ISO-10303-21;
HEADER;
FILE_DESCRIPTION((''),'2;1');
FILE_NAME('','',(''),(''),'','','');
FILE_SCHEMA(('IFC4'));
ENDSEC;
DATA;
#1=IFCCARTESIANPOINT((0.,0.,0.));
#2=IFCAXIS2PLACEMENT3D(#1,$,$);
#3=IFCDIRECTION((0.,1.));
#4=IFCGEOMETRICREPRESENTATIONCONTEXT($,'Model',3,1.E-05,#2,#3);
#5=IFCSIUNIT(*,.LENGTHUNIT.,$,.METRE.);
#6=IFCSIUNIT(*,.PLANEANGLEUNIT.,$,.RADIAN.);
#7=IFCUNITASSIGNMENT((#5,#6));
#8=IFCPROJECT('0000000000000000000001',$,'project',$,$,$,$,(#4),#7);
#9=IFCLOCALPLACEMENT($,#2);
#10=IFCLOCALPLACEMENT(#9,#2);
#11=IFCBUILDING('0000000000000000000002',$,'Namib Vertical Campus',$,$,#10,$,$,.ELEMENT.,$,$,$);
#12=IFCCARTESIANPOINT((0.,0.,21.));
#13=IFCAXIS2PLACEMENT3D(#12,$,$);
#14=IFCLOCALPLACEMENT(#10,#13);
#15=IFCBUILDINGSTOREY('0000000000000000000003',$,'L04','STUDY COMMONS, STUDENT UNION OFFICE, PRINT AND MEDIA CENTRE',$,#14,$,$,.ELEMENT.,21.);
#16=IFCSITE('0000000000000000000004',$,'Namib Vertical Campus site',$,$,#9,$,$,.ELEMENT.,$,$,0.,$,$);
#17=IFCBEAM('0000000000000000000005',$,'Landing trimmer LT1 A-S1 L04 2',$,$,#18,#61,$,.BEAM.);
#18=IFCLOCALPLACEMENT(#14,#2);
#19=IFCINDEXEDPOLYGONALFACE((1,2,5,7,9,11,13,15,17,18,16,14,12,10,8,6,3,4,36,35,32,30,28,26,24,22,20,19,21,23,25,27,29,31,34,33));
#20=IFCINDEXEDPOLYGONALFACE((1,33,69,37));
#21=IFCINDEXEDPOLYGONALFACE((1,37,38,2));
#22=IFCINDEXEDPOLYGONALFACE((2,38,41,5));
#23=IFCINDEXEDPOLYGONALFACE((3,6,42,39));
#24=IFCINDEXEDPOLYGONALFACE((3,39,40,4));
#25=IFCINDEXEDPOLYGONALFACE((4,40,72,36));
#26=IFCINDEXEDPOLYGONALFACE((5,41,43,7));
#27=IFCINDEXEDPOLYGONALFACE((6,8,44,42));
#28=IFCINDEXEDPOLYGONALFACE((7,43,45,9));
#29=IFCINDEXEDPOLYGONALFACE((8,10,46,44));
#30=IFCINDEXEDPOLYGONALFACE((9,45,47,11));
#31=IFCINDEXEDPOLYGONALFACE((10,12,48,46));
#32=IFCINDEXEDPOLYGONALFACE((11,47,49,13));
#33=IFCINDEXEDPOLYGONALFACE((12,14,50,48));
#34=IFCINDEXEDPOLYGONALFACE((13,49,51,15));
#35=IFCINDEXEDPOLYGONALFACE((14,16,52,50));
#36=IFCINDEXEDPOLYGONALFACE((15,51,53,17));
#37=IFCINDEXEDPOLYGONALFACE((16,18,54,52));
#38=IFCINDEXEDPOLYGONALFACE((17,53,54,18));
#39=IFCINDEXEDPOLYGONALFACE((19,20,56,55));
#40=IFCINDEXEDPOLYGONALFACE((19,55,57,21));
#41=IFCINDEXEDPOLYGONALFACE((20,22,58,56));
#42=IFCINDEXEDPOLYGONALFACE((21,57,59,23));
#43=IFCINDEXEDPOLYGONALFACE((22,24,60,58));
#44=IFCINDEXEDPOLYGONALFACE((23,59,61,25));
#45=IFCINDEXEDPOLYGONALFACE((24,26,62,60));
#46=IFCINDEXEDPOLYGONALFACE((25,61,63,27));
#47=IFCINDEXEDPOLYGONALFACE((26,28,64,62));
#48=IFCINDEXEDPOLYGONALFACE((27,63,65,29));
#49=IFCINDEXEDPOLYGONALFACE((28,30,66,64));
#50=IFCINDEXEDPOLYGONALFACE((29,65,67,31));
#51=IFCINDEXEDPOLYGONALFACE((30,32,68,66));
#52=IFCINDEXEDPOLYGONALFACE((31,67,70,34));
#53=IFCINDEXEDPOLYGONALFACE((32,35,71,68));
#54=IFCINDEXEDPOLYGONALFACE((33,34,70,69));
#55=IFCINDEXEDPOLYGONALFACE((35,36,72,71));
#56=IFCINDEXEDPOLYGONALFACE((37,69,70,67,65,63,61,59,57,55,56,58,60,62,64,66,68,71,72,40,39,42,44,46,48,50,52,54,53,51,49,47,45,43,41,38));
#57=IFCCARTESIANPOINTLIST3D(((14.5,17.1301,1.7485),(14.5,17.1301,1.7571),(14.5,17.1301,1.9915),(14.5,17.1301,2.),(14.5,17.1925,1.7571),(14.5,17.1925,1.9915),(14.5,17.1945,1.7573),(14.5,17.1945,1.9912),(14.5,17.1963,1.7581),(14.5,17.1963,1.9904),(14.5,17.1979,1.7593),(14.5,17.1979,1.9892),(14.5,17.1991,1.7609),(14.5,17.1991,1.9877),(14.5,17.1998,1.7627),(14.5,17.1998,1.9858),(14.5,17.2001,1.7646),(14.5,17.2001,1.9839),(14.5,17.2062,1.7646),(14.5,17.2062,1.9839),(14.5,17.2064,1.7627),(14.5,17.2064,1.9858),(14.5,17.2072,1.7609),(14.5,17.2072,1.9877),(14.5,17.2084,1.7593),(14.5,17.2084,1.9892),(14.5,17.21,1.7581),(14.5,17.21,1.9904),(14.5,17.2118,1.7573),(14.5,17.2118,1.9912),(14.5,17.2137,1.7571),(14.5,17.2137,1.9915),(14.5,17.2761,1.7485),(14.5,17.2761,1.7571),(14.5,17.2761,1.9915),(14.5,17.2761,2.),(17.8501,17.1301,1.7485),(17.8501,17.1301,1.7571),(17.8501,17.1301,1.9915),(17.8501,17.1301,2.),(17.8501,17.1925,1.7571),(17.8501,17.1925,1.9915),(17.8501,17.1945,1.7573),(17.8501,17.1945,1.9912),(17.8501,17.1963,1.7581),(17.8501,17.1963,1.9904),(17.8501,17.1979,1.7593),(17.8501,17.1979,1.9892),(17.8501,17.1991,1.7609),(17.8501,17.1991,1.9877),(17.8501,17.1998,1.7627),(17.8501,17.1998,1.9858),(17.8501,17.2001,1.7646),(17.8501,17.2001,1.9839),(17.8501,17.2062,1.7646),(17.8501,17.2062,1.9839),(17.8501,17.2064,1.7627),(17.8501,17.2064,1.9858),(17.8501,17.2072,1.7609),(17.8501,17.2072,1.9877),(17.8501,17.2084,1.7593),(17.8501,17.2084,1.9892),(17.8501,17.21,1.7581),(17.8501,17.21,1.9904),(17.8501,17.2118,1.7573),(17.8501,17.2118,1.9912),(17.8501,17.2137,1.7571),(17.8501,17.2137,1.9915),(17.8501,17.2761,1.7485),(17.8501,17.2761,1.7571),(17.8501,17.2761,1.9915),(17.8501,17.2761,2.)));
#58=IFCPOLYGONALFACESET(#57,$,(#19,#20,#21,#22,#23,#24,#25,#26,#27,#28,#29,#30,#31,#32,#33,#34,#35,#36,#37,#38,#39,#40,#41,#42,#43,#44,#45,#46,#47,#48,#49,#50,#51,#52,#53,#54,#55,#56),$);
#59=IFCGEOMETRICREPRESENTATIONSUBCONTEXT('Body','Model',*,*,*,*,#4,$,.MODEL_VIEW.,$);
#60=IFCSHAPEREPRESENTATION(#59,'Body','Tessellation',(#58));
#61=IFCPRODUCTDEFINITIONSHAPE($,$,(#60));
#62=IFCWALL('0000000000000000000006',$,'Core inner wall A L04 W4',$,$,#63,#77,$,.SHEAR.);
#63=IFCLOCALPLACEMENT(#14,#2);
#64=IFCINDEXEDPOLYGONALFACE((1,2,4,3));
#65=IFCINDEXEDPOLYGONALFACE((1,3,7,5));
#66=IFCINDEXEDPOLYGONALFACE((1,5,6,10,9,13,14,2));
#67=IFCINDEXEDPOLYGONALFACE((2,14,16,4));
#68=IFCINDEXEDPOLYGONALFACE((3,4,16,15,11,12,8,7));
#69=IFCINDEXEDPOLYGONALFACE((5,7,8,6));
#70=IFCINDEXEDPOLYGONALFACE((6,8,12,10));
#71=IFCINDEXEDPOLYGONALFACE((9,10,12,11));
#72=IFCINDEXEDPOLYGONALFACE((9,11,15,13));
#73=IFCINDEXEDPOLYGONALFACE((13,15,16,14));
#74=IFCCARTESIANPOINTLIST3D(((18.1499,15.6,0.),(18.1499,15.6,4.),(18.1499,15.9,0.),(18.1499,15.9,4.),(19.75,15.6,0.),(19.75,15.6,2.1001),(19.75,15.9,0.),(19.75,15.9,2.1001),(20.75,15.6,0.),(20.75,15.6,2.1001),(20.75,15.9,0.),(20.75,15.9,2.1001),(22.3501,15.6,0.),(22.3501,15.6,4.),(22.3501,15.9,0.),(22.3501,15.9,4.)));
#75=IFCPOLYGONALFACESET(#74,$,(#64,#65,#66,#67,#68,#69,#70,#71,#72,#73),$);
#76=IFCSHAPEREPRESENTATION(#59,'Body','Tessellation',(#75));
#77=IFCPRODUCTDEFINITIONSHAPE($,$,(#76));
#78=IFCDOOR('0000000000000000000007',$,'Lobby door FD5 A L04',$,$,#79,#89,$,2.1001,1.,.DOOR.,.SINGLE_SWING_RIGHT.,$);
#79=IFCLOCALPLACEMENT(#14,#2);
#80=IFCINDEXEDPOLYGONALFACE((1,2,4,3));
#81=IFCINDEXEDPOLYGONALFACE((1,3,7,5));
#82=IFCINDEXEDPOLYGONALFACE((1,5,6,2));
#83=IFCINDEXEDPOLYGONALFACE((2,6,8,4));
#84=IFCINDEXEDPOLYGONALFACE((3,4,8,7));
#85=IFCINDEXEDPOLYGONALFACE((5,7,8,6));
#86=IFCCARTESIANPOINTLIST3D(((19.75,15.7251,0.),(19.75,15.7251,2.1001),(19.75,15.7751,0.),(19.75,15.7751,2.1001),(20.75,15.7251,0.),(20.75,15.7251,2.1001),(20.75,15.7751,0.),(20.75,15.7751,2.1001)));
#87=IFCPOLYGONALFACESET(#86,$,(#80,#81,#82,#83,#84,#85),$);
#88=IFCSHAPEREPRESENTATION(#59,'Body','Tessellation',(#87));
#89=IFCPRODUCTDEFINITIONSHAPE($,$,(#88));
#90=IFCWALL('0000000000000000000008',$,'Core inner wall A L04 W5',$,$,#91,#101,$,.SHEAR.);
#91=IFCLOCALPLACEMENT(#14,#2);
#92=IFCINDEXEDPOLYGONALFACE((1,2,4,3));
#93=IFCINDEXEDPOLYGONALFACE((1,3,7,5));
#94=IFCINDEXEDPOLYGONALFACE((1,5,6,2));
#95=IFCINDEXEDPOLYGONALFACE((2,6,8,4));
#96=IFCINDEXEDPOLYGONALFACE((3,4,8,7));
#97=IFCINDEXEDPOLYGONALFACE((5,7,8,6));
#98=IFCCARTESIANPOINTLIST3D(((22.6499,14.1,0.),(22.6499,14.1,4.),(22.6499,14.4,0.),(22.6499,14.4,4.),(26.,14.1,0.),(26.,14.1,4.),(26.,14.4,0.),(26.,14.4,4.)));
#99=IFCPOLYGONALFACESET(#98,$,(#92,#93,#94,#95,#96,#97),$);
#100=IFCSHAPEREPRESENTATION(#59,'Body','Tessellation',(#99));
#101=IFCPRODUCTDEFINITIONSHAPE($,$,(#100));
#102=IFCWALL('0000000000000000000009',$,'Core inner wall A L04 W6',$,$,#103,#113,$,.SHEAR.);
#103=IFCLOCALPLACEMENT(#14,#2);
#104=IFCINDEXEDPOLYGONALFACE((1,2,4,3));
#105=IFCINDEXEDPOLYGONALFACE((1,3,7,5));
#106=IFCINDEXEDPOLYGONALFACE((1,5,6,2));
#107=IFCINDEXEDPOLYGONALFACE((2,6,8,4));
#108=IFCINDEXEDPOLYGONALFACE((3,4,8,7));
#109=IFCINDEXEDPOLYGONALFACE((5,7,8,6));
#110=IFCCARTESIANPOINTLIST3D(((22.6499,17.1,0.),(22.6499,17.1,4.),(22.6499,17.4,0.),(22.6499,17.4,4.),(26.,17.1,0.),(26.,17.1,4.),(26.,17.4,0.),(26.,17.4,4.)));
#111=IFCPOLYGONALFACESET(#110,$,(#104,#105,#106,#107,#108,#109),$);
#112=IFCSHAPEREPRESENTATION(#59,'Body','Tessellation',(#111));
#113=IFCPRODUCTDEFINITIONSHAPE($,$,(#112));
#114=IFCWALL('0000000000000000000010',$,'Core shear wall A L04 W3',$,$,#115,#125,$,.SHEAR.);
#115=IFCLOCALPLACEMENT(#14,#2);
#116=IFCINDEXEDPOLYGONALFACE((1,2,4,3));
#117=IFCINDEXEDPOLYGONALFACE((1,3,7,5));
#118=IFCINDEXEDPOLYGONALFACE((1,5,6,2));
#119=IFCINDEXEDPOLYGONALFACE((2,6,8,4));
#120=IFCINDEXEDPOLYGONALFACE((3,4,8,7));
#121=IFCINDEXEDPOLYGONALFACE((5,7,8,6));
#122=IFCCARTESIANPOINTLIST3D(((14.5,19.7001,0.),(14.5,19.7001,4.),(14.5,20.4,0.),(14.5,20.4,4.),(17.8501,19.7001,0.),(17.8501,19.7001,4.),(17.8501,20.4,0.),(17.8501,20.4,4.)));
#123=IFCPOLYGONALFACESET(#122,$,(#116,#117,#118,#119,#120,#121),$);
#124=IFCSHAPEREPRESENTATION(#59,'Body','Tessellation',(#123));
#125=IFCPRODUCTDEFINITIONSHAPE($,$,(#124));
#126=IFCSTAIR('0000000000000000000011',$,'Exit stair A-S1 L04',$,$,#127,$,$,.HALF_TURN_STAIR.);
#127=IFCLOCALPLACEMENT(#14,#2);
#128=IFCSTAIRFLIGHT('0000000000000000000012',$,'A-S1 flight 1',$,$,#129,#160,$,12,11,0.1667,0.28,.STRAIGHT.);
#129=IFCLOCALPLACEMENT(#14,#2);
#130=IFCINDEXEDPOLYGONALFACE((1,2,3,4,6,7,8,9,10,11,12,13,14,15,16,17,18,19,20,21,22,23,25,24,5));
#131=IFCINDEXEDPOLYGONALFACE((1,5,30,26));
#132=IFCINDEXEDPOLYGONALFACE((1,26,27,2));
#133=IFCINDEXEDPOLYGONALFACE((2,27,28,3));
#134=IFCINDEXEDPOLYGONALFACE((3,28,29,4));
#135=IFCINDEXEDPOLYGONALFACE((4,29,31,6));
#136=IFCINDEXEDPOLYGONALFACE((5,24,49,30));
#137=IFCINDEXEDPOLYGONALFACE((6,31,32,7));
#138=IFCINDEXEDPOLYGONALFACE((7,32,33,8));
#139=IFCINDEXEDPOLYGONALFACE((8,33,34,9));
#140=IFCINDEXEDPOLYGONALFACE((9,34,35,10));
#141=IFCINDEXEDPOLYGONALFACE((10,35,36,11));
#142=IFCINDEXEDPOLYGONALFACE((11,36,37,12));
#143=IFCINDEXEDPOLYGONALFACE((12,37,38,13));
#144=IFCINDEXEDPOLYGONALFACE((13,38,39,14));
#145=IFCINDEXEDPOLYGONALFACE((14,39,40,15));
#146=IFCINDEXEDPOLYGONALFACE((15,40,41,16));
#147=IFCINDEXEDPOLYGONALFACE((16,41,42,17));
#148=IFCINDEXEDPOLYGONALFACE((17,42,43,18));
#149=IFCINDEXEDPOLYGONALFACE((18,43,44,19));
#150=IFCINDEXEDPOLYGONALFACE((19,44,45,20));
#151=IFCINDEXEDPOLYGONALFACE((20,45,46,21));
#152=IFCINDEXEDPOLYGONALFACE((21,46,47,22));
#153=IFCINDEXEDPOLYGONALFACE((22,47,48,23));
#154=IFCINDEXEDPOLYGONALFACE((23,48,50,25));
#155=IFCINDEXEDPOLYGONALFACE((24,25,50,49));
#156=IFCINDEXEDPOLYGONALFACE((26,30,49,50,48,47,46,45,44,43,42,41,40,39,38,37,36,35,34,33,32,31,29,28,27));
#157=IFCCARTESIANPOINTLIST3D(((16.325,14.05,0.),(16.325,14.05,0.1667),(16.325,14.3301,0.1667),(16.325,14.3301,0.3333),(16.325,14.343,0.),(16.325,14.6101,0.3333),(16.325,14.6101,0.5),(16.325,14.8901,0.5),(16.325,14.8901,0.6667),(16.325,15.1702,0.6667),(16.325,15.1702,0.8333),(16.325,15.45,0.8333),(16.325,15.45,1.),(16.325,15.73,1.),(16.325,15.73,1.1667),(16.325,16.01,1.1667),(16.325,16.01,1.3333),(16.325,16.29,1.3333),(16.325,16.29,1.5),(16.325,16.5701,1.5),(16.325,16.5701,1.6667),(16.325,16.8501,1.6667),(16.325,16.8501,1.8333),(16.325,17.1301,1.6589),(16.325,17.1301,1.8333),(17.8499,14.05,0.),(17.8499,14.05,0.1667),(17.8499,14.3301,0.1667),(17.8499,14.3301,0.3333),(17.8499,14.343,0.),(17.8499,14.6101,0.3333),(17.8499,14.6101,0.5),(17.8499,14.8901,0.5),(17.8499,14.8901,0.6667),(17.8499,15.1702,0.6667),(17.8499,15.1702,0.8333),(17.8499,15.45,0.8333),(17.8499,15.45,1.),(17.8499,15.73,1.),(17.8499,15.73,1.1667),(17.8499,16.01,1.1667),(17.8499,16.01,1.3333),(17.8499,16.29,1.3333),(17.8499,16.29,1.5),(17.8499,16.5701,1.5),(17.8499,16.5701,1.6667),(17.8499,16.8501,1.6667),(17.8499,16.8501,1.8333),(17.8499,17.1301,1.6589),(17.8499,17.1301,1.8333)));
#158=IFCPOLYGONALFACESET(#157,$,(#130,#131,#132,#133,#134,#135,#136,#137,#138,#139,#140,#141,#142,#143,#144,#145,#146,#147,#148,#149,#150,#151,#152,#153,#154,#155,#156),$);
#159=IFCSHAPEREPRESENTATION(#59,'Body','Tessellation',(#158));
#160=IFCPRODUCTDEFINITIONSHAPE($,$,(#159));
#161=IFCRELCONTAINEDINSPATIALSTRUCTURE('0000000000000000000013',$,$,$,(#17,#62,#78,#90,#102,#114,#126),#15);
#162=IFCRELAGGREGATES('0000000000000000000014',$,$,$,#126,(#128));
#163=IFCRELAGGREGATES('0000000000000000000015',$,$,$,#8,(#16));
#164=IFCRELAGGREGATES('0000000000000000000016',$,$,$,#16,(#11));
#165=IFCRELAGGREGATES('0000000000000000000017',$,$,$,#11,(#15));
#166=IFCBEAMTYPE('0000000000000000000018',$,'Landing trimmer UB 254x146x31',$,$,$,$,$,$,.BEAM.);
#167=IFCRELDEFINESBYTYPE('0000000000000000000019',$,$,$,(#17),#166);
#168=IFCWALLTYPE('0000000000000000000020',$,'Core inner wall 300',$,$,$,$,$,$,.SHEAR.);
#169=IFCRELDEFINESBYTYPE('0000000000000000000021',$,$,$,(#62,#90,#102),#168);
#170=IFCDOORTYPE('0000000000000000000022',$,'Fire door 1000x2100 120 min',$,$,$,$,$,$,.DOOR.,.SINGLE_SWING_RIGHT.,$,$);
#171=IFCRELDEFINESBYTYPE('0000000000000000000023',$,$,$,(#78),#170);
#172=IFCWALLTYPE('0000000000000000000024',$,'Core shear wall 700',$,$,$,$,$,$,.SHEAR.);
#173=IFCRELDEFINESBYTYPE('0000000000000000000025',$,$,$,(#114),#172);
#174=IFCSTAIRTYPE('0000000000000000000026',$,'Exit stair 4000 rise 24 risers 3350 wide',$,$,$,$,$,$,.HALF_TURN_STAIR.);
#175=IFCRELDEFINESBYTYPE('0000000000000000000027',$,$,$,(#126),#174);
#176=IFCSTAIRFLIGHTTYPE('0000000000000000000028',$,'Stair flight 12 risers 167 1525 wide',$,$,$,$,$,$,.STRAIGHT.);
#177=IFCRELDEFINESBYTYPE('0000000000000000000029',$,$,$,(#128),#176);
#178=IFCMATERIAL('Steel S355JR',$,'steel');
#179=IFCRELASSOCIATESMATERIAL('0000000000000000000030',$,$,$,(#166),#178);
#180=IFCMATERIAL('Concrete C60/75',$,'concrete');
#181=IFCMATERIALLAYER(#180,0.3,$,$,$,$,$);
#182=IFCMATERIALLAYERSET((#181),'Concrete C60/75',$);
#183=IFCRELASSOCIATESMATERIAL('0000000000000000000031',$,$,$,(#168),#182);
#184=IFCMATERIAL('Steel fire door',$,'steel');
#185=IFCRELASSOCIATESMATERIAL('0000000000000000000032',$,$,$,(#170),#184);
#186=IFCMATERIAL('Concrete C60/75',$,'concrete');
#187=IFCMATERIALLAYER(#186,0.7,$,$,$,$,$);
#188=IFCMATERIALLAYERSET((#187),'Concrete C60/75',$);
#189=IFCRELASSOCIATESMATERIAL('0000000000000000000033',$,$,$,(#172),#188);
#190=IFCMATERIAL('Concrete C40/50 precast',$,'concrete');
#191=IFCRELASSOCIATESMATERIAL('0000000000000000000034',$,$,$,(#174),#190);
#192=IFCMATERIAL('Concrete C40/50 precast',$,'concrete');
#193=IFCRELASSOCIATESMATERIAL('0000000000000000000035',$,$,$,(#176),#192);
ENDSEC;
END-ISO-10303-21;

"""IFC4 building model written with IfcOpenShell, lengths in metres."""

from ifc_helpers import new_model, si_unit, direction, frame, frame_2d, origin, origin_2d, place, context, subcontext, project, spatial, polyline, rectangle, i_section, outline, extrude, material, layer, layer_set, material_profile, profile_set, type_object, element, fill, aggregate, save


model = new_model("IFC4")

# Units and contexts
model_context = context("Model", 3, precision=1e-05, world=origin(), true_north=direction((0.0, 1.0)))
body_context = subcontext(model_context, "Body", "Model", "MODEL_VIEW")
ifc_project = project(units=[si_unit("LENGTHUNIT", "METRE"), si_unit("PLANEANGLEUNIT", "RADIAN")], contexts=[model_context])

# Site, building, storey
site_placement = place(None, origin())
site = spatial("IfcSite", under=ifc_project, at=site_placement, Name="Namib Vertical Campus site", CompositionType="ELEMENT", RefElevation=0.0)
building_placement = place(site_placement, origin())
building = spatial("IfcBuilding", under=site, at=building_placement, Name="Namib Vertical Campus", CompositionType="ELEMENT")
storey_placement = place(building_placement, frame((0.0, 0.0, 21.0)))
storey = spatial("IfcBuildingStorey", under=building, at=storey_placement, Name="L04", Description="STUDY COMMONS, STUDENT UNION OFFICE, PRINT AND MEDIA CENTRE", CompositionType="ELEMENT", Elevation=21.0)

# Beam
ifc_material_1 = material(Name="Steel S355JR", Category="steel")
ifc_material_profile = material_profile(ifc_material_1, i_section(OverallWidth=0.146, OverallDepth=0.2515, WebThickness=0.0061, FlangeThickness=0.0085, FilletRadius=0.0076, at=origin_2d()))
ifc_profile_set = profile_set([ifc_material_profile], Name="Steel S355JR")
beam_type = type_object("IfcBeamType", Name="Landing trimmer UB 254x146x31", PredefinedType="BEAM", material=ifc_profile_set)
beam_placement = place(storey_placement, frame((14.5, 17.2031, 1.8743), z_axis=(1.0, 0.0, 0.0), x_axis=(0.0, 1.0, 0.0)))
element("IfcBeam", 1, at=beam_placement, inside=storey, type_object=beam_type, Name="Landing trimmer LT1 A-S1 L04 2", PredefinedType="BEAM", context=body_context, shape_type="SweptSolid", body=[
    extrude(i_section(OverallWidth=0.146, OverallDepth=0.2515, WebThickness=0.0061, FlangeThickness=0.0085, FilletRadius=0.0076, at=origin_2d()), origin(), (0.0, 0.0, 1.0), 3.3501),
])

# Wall, opening, door
ifc_material_2 = material(Name="Concrete C60/75", Category="concrete")
ifc_layer_1 = layer(ifc_material_2, 0.3)
ifc_layer_set_1 = layer_set([ifc_layer_1], Name="Concrete C60/75")
wall_type_1 = type_object("IfcWallType", Name="Core inner wall 300", PredefinedType="SHEAR", material=ifc_layer_set_1)
wall_1_placement = place(storey_placement, frame((18.1499, 15.75, 0.0), z_axis=(0.0, 0.0, 1.0), x_axis=(1.0, 0.0, 0.0)))
wall_1 = element("IfcWall", 2, at=wall_1_placement, inside=storey, type_object=wall_type_1, Name="Core inner wall A L04 W4", PredefinedType="SHEAR", context=body_context, shape_type="SweptSolid", body=[
    extrude(rectangle(XDim=4.2002, YDim=0.3, at=frame_2d((2.1001, 0.0))), origin(), (0.0, 0.0, 1.0), 4.0),
])
opening_placement = place(wall_1_placement, frame((1.6001, 0.0, 0.0)))
opening = element("IfcOpeningElement", 3, at=opening_placement, cuts=wall_1, PredefinedType="OPENING", context=body_context, shape_type="SweptSolid", body=[
    extrude(rectangle(XDim=1.0, YDim=2.1001, at=frame_2d((0.5, 1.05))), frame((0.0, 0.1599, 0.0), z_axis=(0.0, -1.0, 0.0), x_axis=(1.0, 0.0, 0.0)), (0.0, 0.0, 1.0), 0.3201),
])
ifc_material_3 = material(Name="Steel fire door", Category="steel")
door_type = type_object("IfcDoorType", Name="Fire door 1000x2100 120 min", OperationType="SINGLE_SWING_RIGHT", PredefinedType="DOOR", material=ifc_material_3)
door_placement = place(opening_placement, frame((1.0, 0.0, 0.0), z_axis=(0.0, 0.0, 1.0), x_axis=(-1.0, 0.0, 0.0)))
door = element("IfcDoor", 4, at=door_placement, inside=storey, type_object=door_type, Name="Lobby door FD5 A L04", OperationType="SINGLE_SWING_RIGHT", OverallHeight=2.1001, OverallWidth=1.0, PredefinedType="DOOR", context=body_context, shape_type="SweptSolid", body=[
    extrude(rectangle(XDim=1.0, YDim=2.1001, at=frame_2d((0.5, 1.05))), frame((0.0, 0.0249, 0.0), z_axis=(0.0, -1.0, 0.0), x_axis=(1.0, 0.0, 0.0)), (0.0, 0.0, 1.0), 0.05),
])
fill(opening, door)

# Walls
for number, where, z_axis, x_axis, name in (
    (5, (22.6499, 14.25, 0.0), (0.0, 0.0, 1.0), (1.0, 0.0, 0.0), "Core inner wall A L04 W5"),
    (6, (22.6499, 17.25, 0.0), (0.0, 0.0, 1.0), (1.0, 0.0, 0.0), "Core inner wall A L04 W6"),
):
    element("IfcWall", number, at=place(storey_placement, frame(where, z_axis=z_axis, x_axis=x_axis)), inside=storey, type_object=wall_type_1, Name=name, PredefinedType="SHEAR", context=body_context, shape_type="SweptSolid", body=[
        extrude(rectangle(XDim=3.3501, YDim=0.3, at=frame_2d((1.675, 0.0))), origin(), (0.0, 0.0, 1.0), 4.0),
    ])
ifc_material_4 = material(Name="Concrete C60/75", Category="concrete")
ifc_layer_2 = layer(ifc_material_4, 0.7)
ifc_layer_set_2 = layer_set([ifc_layer_2], Name="Concrete C60/75")
wall_type_2 = type_object("IfcWallType", Name="Core shear wall 700", PredefinedType="SHEAR", material=ifc_layer_set_2)
wall_2_placement = place(storey_placement, frame((14.5, 20.05, 0.0), z_axis=(0.0, 0.0, 1.0), x_axis=(1.0, 0.0, 0.0)))
element("IfcWall", 7, at=wall_2_placement, inside=storey, type_object=wall_type_2, Name="Core shear wall A L04 W3", PredefinedType="SHEAR", context=body_context, shape_type="SweptSolid", body=[
    extrude(rectangle(XDim=3.3501, YDim=0.7, at=frame_2d((1.675, 0.0))), origin(), (0.0, 0.0, 1.0), 4.0),
])

# Stair, stair flight
ifc_material_5 = material(Name="Concrete C40/50 precast", Category="concrete")
stair_type = type_object("IfcStairType", Name="Exit stair 4000 rise 24 risers 3350 wide", PredefinedType="HALF_TURN_STAIR", material=ifc_material_5)
stair_placement = place(storey_placement, origin())
stair = element("IfcStair", 8, at=stair_placement, inside=storey, type_object=stair_type, Name="Exit stair A-S1 L04", PredefinedType="HALF_TURN_STAIR")
ifc_material_6 = material(Name="Concrete C40/50 precast", Category="concrete")
stair_flight_type = type_object("IfcStairFlightType", Name="Stair flight 12 risers 167 1525 wide", PredefinedType="STRAIGHT", material=ifc_material_6)
stair_flight_1_placement = place(storey_placement, frame((17.0874, 14.05, 0.0), z_axis=(0.0, 0.0, 1.0), x_axis=(0.0, 1.0, 0.0)))
stair_flight_1 = element("IfcStairFlight", 9, at=stair_flight_1_placement, type_object=stair_flight_type, Name="A-S1 flight 1", NumberOfRisers=12, NumberOfTreads=11, PredefinedType="STRAIGHT", RiserHeight=0.1667, TreadLength=0.28, context=body_context, shape_type="SweptSolid", body=[
    extrude(outline(polyline([(0.0, 0.0), (0.0, 0.1667), (0.28, 0.1667), (0.28, 0.3333), (0.5601, 0.3333), (0.5601, 0.5), (0.8401, 0.5), (0.8401, 0.6667), (1.1201, 0.6667), (1.1201, 0.8333), (1.3999, 0.8333), (1.3999, 1.0), (1.6799, 1.0), (1.6799, 1.1667), (1.96, 1.1667), (1.96, 1.3333), (2.24, 1.3333), (2.24, 1.5), (2.52, 1.5), (2.52, 1.6667), (2.8, 1.6667), (2.8, 1.8333), (3.0801, 1.8333), (3.0801, 2.0), (3.0801, 1.6589), (0.293, 0.0), (0.0, 0.0)])), frame((0.0, 0.7625, 0.0), z_axis=(0.0, -1.0, 0.0), x_axis=(1.0, 0.0, 0.0)), (0.0, 0.0, 1.0), 1.5249),
])
aggregate(stair, [stair_flight_1])

save(model, "model.ifc")
